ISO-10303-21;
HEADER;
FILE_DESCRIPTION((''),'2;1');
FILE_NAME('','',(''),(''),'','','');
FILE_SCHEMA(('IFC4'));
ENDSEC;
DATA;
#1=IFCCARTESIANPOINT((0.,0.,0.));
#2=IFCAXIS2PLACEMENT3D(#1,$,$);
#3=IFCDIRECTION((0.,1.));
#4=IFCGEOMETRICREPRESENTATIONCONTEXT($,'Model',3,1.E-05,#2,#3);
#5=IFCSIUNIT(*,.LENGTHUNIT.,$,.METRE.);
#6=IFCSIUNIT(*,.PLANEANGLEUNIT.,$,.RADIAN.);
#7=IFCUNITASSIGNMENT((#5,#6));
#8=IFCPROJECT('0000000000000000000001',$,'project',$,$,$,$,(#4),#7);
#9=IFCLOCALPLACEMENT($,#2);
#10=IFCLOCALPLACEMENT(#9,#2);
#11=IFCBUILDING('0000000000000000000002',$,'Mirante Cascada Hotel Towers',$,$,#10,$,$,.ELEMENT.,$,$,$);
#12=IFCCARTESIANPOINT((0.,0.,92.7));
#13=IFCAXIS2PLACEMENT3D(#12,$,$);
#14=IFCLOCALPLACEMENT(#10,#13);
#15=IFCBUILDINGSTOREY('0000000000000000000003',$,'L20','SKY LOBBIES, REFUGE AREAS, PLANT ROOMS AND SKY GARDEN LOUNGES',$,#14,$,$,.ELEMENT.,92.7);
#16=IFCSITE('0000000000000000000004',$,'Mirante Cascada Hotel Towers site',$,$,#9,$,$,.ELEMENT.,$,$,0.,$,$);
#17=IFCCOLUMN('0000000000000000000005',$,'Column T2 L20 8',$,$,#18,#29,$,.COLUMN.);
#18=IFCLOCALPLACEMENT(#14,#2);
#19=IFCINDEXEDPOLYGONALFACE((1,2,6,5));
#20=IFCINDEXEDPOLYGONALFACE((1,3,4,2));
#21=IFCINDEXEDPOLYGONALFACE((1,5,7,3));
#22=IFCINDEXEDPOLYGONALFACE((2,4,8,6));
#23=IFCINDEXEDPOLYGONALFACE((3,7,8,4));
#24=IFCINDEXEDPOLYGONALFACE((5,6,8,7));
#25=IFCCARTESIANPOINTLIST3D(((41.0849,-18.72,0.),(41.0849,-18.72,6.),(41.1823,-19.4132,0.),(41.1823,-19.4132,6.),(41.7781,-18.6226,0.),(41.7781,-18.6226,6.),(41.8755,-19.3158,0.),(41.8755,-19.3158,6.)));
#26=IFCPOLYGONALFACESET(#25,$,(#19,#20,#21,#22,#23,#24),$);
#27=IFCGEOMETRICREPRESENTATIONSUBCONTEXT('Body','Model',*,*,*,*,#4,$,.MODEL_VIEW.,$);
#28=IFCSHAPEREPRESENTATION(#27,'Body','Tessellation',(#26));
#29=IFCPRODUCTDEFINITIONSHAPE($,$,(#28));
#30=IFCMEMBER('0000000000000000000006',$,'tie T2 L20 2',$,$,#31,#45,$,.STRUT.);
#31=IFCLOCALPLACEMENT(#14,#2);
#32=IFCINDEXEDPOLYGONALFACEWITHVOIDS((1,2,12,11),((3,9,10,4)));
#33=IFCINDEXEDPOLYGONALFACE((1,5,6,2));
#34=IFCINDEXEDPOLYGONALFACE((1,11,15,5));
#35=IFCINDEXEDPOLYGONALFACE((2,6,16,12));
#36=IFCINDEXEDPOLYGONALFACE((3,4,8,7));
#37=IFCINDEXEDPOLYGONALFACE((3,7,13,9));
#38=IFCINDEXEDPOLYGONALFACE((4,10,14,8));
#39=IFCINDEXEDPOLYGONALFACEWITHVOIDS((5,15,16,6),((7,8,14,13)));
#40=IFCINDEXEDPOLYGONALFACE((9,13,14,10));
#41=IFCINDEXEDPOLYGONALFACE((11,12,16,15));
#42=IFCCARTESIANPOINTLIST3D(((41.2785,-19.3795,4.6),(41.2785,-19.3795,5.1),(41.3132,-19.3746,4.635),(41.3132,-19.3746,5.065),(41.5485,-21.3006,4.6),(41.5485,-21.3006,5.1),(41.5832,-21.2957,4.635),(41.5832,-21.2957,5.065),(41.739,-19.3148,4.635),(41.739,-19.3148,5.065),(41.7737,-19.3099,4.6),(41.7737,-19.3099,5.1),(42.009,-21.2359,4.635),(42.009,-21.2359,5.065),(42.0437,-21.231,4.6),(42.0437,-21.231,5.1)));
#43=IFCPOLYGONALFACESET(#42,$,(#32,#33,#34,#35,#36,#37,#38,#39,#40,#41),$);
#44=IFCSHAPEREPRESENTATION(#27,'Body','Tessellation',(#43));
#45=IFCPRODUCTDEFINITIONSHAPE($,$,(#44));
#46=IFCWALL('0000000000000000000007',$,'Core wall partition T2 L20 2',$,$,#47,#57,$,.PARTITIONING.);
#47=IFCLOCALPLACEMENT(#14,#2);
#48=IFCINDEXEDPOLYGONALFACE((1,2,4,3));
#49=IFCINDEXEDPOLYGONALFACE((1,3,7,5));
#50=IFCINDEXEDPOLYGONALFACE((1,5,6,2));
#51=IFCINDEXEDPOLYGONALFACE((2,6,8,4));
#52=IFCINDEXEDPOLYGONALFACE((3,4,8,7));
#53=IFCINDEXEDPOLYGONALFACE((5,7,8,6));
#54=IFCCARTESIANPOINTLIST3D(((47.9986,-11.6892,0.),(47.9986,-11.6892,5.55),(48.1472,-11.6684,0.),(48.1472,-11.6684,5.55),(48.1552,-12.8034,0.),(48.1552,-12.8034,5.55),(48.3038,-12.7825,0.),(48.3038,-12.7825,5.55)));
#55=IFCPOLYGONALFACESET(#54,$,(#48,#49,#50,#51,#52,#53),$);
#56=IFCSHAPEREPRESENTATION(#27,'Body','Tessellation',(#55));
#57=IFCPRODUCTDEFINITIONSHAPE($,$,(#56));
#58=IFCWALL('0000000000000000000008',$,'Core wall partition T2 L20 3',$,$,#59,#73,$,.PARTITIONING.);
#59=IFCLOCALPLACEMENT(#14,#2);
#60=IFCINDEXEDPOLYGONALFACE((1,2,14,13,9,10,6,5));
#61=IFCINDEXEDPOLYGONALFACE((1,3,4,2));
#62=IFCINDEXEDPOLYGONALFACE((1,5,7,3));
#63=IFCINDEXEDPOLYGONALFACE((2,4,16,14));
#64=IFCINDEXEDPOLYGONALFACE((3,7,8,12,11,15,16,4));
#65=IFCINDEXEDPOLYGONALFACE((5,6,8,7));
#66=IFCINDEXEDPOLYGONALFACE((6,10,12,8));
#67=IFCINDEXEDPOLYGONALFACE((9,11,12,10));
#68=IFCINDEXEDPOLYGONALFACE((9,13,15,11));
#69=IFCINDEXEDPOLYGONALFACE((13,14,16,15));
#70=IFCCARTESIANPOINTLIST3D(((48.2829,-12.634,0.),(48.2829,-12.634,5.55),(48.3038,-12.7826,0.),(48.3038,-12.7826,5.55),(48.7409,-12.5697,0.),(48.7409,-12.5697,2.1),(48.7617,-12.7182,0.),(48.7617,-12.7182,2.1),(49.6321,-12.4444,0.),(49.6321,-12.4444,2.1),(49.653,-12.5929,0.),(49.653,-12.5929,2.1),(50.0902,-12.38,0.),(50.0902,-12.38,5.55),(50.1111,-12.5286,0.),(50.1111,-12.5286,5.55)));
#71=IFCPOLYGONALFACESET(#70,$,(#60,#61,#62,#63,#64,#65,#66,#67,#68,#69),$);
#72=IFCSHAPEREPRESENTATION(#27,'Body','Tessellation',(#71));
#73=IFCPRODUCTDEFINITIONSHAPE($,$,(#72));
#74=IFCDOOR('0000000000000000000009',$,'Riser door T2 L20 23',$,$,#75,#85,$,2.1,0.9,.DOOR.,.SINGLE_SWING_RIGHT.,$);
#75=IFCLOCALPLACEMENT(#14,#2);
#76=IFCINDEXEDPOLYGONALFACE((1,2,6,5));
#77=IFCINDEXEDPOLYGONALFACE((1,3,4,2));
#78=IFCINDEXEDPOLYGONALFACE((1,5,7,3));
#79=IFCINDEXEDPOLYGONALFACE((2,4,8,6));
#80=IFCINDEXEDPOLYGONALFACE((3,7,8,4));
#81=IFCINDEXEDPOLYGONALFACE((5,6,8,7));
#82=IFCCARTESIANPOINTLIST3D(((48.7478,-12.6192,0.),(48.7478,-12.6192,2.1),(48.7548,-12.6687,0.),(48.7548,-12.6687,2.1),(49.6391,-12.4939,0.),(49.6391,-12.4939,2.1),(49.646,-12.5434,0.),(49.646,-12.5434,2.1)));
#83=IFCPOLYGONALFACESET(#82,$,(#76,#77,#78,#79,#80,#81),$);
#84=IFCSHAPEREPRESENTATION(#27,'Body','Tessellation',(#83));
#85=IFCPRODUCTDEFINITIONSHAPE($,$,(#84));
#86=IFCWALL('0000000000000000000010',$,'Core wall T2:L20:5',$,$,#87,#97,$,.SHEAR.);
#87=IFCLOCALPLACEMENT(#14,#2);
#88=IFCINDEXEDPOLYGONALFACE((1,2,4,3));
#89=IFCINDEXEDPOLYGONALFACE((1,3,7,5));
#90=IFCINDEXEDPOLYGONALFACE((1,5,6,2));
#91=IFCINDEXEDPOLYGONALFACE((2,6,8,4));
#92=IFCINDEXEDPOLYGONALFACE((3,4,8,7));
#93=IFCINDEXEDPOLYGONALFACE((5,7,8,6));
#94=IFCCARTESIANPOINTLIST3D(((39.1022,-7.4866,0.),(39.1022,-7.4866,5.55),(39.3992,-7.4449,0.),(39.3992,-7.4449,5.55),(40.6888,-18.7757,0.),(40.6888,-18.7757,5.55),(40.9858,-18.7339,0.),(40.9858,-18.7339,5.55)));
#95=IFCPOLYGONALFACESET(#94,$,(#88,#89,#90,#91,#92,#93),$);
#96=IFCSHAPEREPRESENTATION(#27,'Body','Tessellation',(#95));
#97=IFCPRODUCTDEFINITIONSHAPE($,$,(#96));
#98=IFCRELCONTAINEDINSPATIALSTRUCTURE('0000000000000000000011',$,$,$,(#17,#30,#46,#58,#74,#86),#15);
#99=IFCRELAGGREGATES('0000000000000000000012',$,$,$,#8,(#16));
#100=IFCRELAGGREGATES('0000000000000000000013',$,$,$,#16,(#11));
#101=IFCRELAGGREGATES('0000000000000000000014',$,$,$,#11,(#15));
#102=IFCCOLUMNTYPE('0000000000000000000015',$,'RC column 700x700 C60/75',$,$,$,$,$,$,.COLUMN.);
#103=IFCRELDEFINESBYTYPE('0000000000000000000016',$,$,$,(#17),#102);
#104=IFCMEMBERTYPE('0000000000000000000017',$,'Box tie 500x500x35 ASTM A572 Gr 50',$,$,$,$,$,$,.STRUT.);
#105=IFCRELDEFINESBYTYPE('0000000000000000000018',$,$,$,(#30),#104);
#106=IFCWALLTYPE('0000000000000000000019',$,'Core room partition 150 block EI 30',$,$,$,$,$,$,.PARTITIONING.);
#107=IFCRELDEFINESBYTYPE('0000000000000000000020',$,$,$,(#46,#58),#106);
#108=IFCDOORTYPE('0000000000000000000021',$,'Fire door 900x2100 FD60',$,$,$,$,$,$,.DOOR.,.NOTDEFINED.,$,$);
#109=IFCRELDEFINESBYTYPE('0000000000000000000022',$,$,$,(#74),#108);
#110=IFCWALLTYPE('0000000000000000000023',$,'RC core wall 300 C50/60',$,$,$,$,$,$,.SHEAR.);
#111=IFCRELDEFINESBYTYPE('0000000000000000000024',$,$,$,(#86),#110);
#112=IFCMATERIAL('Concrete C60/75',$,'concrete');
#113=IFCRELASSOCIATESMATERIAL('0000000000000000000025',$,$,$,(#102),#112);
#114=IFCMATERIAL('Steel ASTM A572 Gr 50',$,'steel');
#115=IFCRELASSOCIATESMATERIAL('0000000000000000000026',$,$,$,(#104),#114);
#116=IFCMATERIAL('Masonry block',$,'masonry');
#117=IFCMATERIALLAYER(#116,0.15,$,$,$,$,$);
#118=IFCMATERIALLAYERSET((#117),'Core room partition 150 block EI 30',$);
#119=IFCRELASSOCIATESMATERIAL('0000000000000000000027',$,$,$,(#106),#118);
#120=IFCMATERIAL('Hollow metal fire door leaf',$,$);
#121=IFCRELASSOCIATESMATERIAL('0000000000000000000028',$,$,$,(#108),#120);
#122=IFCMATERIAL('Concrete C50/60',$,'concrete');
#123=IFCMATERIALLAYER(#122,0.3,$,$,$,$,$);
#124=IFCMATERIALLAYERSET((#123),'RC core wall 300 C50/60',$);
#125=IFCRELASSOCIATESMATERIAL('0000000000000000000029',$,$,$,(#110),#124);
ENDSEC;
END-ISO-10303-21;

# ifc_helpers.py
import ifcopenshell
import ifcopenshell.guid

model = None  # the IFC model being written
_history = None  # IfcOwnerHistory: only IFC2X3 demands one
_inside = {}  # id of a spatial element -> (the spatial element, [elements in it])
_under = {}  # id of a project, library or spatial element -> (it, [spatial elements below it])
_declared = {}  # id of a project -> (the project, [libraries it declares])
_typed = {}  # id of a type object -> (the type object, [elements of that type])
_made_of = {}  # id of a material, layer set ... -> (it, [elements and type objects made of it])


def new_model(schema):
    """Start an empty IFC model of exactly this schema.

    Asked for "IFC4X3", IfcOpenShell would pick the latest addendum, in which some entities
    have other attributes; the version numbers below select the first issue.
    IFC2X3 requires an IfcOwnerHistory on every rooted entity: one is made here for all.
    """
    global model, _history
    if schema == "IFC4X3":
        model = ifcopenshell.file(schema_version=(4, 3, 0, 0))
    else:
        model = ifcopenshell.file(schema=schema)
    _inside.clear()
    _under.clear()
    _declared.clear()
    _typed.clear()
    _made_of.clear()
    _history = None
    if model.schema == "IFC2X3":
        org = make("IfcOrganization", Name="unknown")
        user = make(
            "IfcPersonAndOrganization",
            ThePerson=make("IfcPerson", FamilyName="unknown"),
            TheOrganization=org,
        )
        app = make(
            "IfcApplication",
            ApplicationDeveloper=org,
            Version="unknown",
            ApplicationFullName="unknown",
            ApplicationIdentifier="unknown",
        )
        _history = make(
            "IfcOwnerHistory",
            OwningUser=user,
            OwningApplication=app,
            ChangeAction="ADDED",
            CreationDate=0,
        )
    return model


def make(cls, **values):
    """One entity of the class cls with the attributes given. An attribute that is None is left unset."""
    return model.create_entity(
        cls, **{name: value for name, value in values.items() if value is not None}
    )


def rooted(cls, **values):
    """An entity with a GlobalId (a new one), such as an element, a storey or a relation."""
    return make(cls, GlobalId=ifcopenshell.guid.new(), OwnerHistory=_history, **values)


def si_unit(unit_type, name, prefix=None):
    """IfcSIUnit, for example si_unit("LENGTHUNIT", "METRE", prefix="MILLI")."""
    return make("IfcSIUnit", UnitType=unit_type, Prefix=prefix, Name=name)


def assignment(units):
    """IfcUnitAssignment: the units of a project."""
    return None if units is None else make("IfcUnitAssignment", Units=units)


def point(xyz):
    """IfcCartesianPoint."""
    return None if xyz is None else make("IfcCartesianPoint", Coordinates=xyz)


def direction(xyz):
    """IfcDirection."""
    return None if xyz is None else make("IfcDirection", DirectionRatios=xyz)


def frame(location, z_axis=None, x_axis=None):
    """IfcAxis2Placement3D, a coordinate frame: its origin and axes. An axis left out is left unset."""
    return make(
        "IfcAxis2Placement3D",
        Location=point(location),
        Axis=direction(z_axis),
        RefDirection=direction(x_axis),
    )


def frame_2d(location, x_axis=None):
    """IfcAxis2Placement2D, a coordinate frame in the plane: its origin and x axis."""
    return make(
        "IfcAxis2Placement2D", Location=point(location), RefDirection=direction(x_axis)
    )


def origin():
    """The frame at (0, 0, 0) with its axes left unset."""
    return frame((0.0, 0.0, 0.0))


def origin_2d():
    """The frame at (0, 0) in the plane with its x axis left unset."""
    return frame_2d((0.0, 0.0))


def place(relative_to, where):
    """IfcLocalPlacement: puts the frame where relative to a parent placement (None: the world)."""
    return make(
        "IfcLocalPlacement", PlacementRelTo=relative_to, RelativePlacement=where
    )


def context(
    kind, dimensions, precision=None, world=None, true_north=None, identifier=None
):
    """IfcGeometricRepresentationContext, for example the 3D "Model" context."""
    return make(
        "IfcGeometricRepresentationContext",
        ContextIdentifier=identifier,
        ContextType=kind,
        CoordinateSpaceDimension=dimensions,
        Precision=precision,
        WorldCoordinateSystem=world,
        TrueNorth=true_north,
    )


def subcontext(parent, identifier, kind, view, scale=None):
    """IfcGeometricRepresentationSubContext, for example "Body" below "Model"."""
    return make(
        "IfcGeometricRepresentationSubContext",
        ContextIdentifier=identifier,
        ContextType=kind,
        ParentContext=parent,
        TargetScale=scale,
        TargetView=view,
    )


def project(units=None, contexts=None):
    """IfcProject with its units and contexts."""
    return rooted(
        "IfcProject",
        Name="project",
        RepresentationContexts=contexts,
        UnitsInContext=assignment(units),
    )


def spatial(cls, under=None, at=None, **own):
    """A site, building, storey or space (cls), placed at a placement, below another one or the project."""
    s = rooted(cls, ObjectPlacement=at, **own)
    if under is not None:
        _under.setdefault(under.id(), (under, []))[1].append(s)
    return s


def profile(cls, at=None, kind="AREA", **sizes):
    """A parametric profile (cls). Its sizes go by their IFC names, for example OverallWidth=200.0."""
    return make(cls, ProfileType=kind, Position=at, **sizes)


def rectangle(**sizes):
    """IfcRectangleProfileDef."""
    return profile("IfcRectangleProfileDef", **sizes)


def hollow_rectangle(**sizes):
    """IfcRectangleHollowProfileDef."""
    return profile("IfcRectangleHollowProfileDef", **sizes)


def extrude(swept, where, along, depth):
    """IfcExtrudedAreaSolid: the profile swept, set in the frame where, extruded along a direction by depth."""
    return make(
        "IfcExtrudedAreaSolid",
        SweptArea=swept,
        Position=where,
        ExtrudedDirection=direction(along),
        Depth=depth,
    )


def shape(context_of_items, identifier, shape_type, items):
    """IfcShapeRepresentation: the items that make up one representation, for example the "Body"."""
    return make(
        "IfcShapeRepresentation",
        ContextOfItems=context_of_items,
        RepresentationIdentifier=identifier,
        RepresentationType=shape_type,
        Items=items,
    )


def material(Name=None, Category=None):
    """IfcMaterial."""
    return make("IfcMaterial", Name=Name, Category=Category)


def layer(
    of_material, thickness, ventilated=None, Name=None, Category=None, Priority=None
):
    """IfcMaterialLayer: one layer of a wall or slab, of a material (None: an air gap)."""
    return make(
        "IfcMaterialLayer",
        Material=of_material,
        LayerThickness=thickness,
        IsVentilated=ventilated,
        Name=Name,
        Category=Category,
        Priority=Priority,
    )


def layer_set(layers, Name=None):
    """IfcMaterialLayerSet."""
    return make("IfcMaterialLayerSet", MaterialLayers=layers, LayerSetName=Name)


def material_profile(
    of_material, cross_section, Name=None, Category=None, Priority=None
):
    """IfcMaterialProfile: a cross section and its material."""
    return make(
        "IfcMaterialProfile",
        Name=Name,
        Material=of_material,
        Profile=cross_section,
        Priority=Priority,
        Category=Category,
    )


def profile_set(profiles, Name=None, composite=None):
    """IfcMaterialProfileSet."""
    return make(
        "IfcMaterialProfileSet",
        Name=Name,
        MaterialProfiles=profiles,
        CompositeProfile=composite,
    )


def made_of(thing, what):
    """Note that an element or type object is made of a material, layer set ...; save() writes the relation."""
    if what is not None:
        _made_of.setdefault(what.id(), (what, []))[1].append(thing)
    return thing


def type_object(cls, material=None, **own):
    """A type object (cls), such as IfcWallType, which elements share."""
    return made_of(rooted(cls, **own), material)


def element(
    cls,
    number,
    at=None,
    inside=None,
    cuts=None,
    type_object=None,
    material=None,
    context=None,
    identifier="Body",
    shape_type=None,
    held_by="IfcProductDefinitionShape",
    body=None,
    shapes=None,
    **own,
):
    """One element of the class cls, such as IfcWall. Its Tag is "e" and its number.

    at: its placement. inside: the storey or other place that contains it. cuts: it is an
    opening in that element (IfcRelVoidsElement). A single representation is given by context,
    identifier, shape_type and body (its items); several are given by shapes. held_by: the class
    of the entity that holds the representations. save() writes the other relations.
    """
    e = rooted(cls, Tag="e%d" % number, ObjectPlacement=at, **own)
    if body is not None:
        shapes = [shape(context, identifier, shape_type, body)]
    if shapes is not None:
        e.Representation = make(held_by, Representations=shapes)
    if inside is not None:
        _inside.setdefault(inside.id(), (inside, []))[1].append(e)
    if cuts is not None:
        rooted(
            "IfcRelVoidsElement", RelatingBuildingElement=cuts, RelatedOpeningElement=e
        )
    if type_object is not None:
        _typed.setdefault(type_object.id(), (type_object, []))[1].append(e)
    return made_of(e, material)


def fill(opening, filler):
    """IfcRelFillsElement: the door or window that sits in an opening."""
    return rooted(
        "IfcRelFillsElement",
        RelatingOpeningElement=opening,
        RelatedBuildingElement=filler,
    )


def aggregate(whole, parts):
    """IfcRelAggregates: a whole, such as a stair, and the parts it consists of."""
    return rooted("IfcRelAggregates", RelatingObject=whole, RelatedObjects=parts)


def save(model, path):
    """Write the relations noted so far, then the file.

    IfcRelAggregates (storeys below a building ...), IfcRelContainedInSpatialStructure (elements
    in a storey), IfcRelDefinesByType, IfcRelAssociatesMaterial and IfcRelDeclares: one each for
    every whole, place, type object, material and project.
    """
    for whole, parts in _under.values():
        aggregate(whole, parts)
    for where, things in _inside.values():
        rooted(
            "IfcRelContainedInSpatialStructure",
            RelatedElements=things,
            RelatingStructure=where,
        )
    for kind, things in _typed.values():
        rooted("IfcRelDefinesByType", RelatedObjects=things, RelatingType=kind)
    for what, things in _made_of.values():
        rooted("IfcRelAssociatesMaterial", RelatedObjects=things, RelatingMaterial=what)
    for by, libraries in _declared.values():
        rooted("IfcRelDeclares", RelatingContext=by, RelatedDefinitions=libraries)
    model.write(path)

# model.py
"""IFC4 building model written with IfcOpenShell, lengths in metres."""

from ifc_helpers import new_model, si_unit, direction, frame, frame_2d, origin, origin_2d, place, context, subcontext, project, spatial, rectangle, hollow_rectangle, extrude, material, layer, layer_set, material_profile, profile_set, type_object, element, fill, save


model = new_model("IFC4")

# Units and contexts
model_context = context("Model", 3, precision=1e-05, world=origin(), true_north=direction((0.0, 1.0)))
body_context = subcontext(model_context, "Body", "Model", "MODEL_VIEW")
ifc_project = project(units=[si_unit("LENGTHUNIT", "METRE"), si_unit("PLANEANGLEUNIT", "RADIAN")], contexts=[model_context])

# Site, building, storey
site_placement = place(None, origin())
site = spatial("IfcSite", under=ifc_project, at=site_placement, Name="Mirante Cascada Hotel Towers site", CompositionType="ELEMENT", RefElevation=0.0)
building_placement = place(site_placement, origin())
building = spatial("IfcBuilding", under=site, at=building_placement, Name="Mirante Cascada Hotel Towers", CompositionType="ELEMENT")
storey_placement = place(building_placement, frame((0.0, 0.0, 92.7)))
storey = spatial("IfcBuildingStorey", under=building, at=storey_placement, Name="L20", Description="SKY LOBBIES, REFUGE AREAS, PLANT ROOMS AND SKY GARDEN LOUNGES", CompositionType="ELEMENT", Elevation=92.7)

# Column
ifc_material_1 = material(Name="Concrete C60/75", Category="concrete")
ifc_material_profile_1 = material_profile(ifc_material_1, rectangle(XDim=0.7, YDim=0.7, at=origin_2d()), Name="RC column 700x700 C60/75")
ifc_profile_set_1 = profile_set([ifc_material_profile_1], Name="Concrete C60/75")
column_type = type_object("IfcColumnType", Name="RC column 700x700 C60/75", PredefinedType="COLUMN", material=ifc_profile_set_1)
column_placement = place(storey_placement, frame((41.4802, -19.0179, 0.0), z_axis=(0.0, 0.0, 1.0), x_axis=(0.990268, 0.139173, 0.0)))
element("IfcColumn", 1, at=column_placement, inside=storey, type_object=column_type, Name="Column T2 L20 8", PredefinedType="COLUMN", context=body_context, shape_type="SweptSolid", body=[
    extrude(rectangle(XDim=0.7, YDim=0.7, at=origin_2d()), origin(), (0.0, 0.0, 1.0), 6.0),
])

# Member
ifc_material_2 = material(Name="Steel ASTM A572 Gr 50", Category="steel")
ifc_material_profile_2 = material_profile(ifc_material_2, hollow_rectangle(XDim=0.5, YDim=0.5, WallThickness=0.035, at=origin_2d()), Name="Box tie 500x500x35 ASTM A572 Gr 50")
ifc_profile_set_2 = profile_set([ifc_material_profile_2], Name="Steel ASTM A572 Gr 50")
member_type = type_object("IfcMemberType", Name="Box tie 500x500x35 ASTM A572 Gr 50", PredefinedType="STRUT", material=ifc_profile_set_2)
member_placement = place(storey_placement, frame((41.5261, -19.3447, 4.85), z_axis=(0.139177, -0.990268, 0.0), x_axis=(0.990268, 0.139177, 0.0)))
element("IfcMember", 2, at=member_placement, inside=storey, type_object=member_type, Name="tie T2 L20 2", PredefinedType="STRUT", context=body_context, shape_type="SweptSolid", body=[
    extrude(hollow_rectangle(XDim=0.5, YDim=0.5, WallThickness=0.035, at=origin_2d()), origin(), (0.0, 0.0, 1.0), 1.94),
])

# Wall
ifc_material_3 = material(Name="Masonry block", Category="masonry")
ifc_layer_1 = layer(ifc_material_3, 0.15)
ifc_layer_set_1 = layer_set([ifc_layer_1], Name="Core room partition 150 block EI 30")
wall_type_1 = type_object("IfcWallType", Name="Core room partition 150 block EI 30", PredefinedType="PARTITIONING", material=ifc_layer_set_1)
wall_1_placement = place(storey_placement, frame((48.2295, -12.793, 0.0), z_axis=(0.0, 0.0, 1.0), x_axis=(-0.139193, 0.990265, 0.0)))
element("IfcWall", 3, at=wall_1_placement, inside=storey, type_object=wall_type_1, Name="Core wall partition T2 L20 2", PredefinedType="PARTITIONING", context=body_context, shape_type="SweptSolid", body=[
    extrude(rectangle(XDim=1.1251, YDim=0.15, at=frame_2d((0.5626, 0.0))), origin(), (0.0, 0.0, 1.0), 5.55),
])

# Wall, opening, door
wall_2_placement = place(storey_placement, frame((48.2933, -12.7083, 0.0), z_axis=(0.0, 0.0, 1.0), x_axis=(0.990268, 0.139173, 0.0)))
wall_2 = element("IfcWall", 4, at=wall_2_placement, inside=storey, type_object=wall_type_1, Name="Core wall partition T2 L20 3", PredefinedType="PARTITIONING", context=body_context, shape_type="SweptSolid", body=[
    extrude(rectangle(XDim=1.8251, YDim=0.15, at=frame_2d((0.9126, 0.0))), origin(), (0.0, 0.0, 1.0), 5.55),
])
opening_1_placement = place(wall_2_placement, frame((0.4625, 0.0, 0.0)))
opening_1 = element("IfcOpeningElement", 5, at=opening_1_placement, cuts=wall_2, PredefinedType="OPENING", context=body_context, shape_type="SweptSolid", body=[
    extrude(rectangle(XDim=0.9, YDim=2.1, at=frame_2d((0.45, 1.05))), frame((0.0, 0.075, 0.0), z_axis=(0.0, -1.0, 0.0), x_axis=(1.0, 0.0, 0.0)), (0.0, 0.0, 1.0), 0.15),
])
ifc_material_4 = material(Name="Hollow metal fire door leaf")
door_type_1 = type_object("IfcDoorType", Name="Fire door 900x2100 FD60", OperationType="NOTDEFINED", PredefinedType="DOOR", material=ifc_material_4)
door_1_placement = place(opening_1_placement, frame((0.9, 0.0, 0.0), z_axis=(0.0, 0.0, 1.0), x_axis=(-1.0, 0.0, 0.0)))
door_1 = element("IfcDoor", 6, at=door_1_placement, inside=storey, type_object=door_type_1, Name="Riser door T2 L20 23", OperationType="SINGLE_SWING_RIGHT", OverallHeight=2.1, OverallWidth=0.9, PredefinedType="DOOR", context=body_context, shape_type="SweptSolid", body=[
    extrude(rectangle(XDim=0.9, YDim=2.1, at=frame_2d((0.45, 1.05))), frame((0.0, 0.025, 0.0), z_axis=(0.0, -1.0, 0.0), x_axis=(1.0, 0.0, 0.0)), (0.0, 0.0, 1.0), 0.05),
])
fill(opening_1, door_1)

# Wall
ifc_material_5 = material(Name="Concrete C50/60", Category="concrete")
ifc_layer_2 = layer(ifc_material_5, 0.3)
ifc_layer_set_2 = layer_set([ifc_layer_2], Name="RC core wall 300 C50/60")
wall_type_2 = type_object("IfcWallType", Name="RC core wall 300 C50/60", PredefinedType="SHEAR", material=ifc_layer_set_2)
wall_3_placement = place(storey_placement, frame((40.8373, -18.7548, 0.0), z_axis=(0.0, 0.0, 1.0), x_axis=(-0.139175, 0.990268, 0.0)))
element("IfcWall", 7, at=wall_3_placement, inside=storey, type_object=wall_type_2, Name="Core wall T2:L20:5", PredefinedType="SHEAR", context=body_context, shape_type="SweptSolid", body=[
    extrude(rectangle(XDim=11.4, YDim=0.3, at=frame_2d((5.7, 0.0))), origin(), (0.0, 0.0, 1.0), 5.55),
])

save(model, "model.ifc")
